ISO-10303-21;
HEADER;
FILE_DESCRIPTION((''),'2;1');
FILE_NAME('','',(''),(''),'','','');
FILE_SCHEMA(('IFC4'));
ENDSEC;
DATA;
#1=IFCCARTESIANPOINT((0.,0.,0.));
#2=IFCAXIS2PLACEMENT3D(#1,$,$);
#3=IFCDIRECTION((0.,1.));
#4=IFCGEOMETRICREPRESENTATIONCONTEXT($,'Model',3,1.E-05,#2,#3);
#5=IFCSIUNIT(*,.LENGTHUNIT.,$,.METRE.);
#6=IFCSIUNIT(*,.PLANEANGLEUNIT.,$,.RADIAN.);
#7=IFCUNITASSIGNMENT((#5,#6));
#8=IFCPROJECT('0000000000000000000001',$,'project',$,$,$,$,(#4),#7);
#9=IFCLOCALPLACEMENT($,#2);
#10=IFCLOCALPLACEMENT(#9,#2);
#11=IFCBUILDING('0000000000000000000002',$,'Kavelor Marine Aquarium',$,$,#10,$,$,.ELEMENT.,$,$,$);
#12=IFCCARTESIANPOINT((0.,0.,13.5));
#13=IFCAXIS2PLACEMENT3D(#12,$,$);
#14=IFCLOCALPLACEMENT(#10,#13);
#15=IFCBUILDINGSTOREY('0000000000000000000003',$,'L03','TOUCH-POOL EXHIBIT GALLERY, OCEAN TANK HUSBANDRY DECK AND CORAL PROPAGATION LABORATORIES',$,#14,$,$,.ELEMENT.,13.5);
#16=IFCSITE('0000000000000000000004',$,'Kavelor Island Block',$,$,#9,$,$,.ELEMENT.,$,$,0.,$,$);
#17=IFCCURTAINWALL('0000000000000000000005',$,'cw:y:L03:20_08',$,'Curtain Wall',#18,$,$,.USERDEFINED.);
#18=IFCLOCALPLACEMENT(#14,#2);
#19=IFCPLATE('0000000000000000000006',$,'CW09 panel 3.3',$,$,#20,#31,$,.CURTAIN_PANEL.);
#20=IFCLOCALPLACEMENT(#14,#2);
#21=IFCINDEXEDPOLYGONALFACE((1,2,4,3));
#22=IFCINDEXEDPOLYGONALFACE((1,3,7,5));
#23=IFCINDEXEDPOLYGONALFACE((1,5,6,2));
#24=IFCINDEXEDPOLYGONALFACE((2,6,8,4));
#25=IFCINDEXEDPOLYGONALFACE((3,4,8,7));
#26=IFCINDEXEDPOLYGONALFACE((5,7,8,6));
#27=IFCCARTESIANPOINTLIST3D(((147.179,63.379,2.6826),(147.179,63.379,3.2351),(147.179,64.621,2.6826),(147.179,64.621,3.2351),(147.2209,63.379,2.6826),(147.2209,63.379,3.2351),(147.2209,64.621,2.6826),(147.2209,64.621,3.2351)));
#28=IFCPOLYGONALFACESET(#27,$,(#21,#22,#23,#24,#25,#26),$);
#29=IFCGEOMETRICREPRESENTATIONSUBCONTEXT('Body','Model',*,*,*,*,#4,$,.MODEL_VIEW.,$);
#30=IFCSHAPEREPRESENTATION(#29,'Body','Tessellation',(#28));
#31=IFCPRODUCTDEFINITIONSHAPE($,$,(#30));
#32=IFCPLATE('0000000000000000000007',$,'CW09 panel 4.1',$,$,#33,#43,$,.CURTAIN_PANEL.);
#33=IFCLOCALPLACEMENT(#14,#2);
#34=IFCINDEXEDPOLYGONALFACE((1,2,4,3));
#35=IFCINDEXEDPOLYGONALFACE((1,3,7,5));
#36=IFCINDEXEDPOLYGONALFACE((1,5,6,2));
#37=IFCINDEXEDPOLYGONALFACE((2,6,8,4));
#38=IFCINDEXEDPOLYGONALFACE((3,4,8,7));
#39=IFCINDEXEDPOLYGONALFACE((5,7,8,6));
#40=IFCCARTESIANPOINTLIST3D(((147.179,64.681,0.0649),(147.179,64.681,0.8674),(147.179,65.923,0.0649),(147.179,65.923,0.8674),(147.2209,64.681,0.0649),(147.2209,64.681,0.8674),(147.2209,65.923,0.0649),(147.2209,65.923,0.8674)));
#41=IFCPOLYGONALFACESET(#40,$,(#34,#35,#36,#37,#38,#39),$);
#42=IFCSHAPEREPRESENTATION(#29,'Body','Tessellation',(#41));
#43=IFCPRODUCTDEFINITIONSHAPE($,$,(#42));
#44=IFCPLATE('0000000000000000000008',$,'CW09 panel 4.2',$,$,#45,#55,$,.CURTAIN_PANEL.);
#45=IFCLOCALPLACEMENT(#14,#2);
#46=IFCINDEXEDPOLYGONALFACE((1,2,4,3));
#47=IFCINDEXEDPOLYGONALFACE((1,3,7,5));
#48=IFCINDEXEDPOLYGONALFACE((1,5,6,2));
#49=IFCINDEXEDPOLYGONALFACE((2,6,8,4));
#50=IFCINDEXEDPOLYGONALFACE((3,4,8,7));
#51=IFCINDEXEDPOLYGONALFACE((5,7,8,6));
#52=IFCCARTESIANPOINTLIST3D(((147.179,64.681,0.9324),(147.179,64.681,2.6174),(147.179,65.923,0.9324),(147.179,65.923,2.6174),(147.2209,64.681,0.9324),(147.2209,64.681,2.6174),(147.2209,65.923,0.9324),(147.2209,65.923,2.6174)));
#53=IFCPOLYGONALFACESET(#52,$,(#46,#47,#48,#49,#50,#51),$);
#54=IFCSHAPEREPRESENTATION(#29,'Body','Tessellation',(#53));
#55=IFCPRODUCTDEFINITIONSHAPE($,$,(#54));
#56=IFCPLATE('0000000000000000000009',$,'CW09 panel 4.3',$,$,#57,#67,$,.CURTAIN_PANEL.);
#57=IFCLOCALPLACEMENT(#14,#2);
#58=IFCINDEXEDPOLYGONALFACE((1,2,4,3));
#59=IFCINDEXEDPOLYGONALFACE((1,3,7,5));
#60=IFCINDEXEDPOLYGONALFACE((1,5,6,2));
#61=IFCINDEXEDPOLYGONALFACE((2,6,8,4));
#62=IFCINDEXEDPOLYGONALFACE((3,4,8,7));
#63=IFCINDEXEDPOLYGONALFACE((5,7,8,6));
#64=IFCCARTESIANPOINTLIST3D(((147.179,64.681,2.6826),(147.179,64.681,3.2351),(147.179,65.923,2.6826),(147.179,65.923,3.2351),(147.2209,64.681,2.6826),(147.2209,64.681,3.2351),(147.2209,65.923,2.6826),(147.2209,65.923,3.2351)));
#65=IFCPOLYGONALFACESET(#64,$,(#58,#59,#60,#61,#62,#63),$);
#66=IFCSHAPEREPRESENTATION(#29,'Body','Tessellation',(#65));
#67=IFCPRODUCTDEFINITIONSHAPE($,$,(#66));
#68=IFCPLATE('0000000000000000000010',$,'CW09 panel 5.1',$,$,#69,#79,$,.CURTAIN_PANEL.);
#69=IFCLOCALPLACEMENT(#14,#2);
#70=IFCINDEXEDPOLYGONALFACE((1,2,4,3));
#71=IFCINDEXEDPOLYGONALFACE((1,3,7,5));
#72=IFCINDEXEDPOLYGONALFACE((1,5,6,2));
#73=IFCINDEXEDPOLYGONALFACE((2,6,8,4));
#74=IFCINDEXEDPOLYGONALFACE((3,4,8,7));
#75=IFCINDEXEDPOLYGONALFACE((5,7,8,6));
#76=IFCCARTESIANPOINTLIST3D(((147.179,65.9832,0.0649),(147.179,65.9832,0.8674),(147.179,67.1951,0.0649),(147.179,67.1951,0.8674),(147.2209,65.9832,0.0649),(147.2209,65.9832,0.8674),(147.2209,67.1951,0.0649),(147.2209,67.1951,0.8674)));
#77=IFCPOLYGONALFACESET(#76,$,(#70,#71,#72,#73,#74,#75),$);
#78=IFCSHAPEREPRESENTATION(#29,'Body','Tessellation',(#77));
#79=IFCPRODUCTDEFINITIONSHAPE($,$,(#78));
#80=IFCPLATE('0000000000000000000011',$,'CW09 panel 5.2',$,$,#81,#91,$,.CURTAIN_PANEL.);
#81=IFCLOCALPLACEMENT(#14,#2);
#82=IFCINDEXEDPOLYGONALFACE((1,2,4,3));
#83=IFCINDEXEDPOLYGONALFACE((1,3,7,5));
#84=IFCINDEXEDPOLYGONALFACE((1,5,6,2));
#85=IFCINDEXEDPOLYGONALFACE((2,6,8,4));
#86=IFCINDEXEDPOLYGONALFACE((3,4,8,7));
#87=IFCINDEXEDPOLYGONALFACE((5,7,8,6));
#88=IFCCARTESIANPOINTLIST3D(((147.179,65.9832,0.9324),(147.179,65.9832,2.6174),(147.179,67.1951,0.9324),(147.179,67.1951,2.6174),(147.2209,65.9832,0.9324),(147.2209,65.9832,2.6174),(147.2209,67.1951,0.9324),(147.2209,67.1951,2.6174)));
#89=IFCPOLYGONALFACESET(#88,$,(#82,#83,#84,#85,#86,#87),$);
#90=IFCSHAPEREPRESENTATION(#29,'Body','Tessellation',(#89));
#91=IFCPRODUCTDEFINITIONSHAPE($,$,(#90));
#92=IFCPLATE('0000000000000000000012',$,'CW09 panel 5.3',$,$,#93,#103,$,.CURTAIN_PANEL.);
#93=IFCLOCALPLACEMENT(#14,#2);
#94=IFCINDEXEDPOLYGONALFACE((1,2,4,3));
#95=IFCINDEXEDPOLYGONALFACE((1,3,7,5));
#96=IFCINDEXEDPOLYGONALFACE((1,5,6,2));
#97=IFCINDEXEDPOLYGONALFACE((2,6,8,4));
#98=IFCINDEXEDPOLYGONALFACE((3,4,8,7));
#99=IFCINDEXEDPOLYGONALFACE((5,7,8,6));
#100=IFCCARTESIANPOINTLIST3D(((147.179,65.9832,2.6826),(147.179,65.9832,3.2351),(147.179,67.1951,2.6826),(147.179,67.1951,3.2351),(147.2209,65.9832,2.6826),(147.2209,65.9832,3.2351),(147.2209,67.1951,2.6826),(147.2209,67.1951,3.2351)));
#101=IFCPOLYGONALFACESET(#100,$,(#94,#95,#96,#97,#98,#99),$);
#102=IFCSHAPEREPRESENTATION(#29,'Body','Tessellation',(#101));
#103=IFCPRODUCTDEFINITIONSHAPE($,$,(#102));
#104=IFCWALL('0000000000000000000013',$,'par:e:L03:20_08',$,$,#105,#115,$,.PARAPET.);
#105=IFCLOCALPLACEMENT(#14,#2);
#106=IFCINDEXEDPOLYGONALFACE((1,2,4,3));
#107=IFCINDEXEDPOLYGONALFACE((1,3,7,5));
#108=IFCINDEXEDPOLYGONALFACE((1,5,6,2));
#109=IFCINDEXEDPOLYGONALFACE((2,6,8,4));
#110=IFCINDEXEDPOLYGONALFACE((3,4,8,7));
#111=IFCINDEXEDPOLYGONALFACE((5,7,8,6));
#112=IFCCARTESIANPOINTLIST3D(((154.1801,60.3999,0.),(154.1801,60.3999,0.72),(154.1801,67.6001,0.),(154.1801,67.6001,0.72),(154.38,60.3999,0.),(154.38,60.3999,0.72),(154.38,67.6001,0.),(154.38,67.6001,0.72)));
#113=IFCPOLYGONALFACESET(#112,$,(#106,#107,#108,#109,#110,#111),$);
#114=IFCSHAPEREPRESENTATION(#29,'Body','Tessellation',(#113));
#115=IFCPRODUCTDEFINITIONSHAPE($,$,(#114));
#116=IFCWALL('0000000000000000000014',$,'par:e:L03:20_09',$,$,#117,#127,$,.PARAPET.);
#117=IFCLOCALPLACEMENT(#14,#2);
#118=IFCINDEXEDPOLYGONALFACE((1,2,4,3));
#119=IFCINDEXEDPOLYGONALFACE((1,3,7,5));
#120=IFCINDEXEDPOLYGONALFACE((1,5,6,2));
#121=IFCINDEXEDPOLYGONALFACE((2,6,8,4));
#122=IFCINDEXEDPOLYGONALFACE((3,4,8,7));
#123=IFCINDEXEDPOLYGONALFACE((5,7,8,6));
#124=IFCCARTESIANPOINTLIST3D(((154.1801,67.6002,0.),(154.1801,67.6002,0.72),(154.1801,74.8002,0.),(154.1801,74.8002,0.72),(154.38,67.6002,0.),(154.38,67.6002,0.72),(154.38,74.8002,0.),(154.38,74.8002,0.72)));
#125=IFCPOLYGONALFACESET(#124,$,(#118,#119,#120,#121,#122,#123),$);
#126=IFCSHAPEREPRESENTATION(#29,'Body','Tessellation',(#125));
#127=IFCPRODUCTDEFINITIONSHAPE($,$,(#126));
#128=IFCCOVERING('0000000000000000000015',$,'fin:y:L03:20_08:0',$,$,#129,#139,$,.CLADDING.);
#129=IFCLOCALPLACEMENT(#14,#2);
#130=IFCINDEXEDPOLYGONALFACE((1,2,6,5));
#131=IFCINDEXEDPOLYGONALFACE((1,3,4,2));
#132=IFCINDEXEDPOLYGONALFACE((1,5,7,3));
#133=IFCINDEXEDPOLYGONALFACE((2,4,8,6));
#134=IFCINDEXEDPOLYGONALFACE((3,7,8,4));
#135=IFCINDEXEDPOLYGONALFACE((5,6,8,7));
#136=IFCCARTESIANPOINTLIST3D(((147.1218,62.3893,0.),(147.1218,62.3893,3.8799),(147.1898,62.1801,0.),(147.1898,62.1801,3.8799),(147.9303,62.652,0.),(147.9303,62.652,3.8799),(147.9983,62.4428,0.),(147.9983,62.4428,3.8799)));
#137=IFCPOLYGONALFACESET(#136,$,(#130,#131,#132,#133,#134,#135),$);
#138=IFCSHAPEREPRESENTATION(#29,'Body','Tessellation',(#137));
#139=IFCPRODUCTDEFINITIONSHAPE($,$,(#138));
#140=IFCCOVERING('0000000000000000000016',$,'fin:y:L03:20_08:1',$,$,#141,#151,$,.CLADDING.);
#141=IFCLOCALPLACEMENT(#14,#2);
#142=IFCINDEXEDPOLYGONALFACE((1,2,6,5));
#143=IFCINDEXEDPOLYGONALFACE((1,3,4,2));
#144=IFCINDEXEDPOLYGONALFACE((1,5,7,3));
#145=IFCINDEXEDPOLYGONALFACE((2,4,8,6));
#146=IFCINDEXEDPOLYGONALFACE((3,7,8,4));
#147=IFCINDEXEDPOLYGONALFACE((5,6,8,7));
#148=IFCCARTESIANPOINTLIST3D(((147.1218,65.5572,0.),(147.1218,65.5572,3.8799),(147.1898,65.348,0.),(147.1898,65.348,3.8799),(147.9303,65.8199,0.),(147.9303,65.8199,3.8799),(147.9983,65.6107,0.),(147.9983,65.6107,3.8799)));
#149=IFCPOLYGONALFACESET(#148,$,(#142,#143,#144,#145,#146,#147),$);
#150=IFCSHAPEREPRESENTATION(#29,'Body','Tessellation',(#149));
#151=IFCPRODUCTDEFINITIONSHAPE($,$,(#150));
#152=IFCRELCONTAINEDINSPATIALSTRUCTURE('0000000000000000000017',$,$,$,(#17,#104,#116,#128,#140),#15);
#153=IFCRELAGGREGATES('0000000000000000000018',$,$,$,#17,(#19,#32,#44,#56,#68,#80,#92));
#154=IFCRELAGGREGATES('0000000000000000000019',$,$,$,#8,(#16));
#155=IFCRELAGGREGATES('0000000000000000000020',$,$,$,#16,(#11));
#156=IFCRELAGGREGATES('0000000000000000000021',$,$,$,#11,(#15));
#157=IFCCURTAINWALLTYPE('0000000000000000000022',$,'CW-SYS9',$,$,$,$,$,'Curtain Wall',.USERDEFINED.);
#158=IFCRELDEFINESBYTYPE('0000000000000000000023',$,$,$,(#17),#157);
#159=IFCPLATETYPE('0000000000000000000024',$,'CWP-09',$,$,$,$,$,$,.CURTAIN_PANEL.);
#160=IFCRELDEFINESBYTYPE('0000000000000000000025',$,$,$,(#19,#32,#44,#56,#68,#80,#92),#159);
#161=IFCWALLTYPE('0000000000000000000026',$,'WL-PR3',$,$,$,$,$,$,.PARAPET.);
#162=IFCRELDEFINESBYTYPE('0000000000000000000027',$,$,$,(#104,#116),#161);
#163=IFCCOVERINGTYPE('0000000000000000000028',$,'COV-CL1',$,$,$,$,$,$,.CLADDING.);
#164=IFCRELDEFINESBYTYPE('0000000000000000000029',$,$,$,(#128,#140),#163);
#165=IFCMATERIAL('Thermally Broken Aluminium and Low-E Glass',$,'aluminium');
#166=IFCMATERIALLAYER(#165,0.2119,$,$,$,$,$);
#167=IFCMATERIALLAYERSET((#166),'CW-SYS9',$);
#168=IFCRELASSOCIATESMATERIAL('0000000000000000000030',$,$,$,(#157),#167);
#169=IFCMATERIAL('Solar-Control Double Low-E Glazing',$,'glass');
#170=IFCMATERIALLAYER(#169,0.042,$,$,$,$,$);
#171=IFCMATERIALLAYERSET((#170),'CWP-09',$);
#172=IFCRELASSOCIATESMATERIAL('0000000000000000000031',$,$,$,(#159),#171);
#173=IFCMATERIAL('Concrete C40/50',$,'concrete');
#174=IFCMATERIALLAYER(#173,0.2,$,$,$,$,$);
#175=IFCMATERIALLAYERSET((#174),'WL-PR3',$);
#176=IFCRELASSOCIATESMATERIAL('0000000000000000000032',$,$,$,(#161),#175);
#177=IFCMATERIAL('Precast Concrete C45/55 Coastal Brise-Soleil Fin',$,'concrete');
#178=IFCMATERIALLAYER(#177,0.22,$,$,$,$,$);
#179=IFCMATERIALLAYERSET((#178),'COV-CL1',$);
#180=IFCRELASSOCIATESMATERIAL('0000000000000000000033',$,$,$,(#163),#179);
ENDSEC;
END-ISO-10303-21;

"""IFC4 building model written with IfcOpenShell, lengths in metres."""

from ifc_helpers import new_model, si_unit, direction, frame, frame_2d, origin, origin_2d, place, context, subcontext, project, spatial, rectangle, extrude, material, layer, layer_set, type_object, element, aggregate, save


model = new_model("IFC4")

# Units and contexts
model_context = context("Model", 3, precision=1e-05, world=origin(), true_north=direction((0.0, 1.0)))
body_context = subcontext(model_context, "Body", "Model", "MODEL_VIEW")
ifc_project = project(units=[si_unit("LENGTHUNIT", "METRE"), si_unit("PLANEANGLEUNIT", "RADIAN")], contexts=[model_context])

# Site, building, storey
site_placement = place(None, origin())
site = spatial("IfcSite", under=ifc_project, at=site_placement, Name="Kavelor Island Block", CompositionType="ELEMENT", RefElevation=0.0)
building_placement = place(site_placement, origin())
building = spatial("IfcBuilding", under=site, at=building_placement, Name="Kavelor Marine Aquarium", CompositionType="ELEMENT")
storey_placement = place(building_placement, frame((0.0, 0.0, 13.5)))
storey = spatial("IfcBuildingStorey", under=building, at=storey_placement, Name="L03", Description="TOUCH-POOL EXHIBIT GALLERY, OCEAN TANK HUSBANDRY DECK AND CORAL PROPAGATION LABORATORIES", CompositionType="ELEMENT", Elevation=13.5)

# Curtain wall, plates
ifc_material_1 = material(Name="Thermally Broken Aluminium and Low-E Glass", Category="aluminium")
ifc_layer_1 = layer(ifc_material_1, 0.2119)
ifc_layer_set_1 = layer_set([ifc_layer_1], Name="CW-SYS9")
curtain_wall_type = type_object("IfcCurtainWallType", Name="CW-SYS9", ElementType="Curtain Wall", PredefinedType="USERDEFINED", material=ifc_layer_set_1)
curtain_wall_placement = place(storey_placement, origin())
curtain_wall = element("IfcCurtainWall", 1, at=curtain_wall_placement, inside=storey, type_object=curtain_wall_type, Name="cw:y:L03:20_08", ObjectType="Curtain Wall", PredefinedType="USERDEFINED")
ifc_material_2 = material(Name="Solar-Control Double Low-E Glazing", Category="glass")
ifc_layer_2 = layer(ifc_material_2, 0.042)
ifc_layer_set_2 = layer_set([ifc_layer_2], Name="CWP-09")
plate_type = type_object("IfcPlateType", Name="CWP-09", PredefinedType="CURTAIN_PANEL", material=ifc_layer_set_2)
plate_1_placement = place(storey_placement, frame((147.2, 64.0, 2.6826), z_axis=(0.0, 0.0, 1.0), x_axis=(0.0, 1.0, 0.0)))
plate_1 = element("IfcPlate", 2, at=plate_1_placement, type_object=plate_type, Name="CW09 panel 3.3", PredefinedType="CURTAIN_PANEL", context=body_context, shape_type="SweptSolid", body=[
    extrude(rectangle(XDim=1.2419, YDim=0.042, at=origin_2d()), origin(), (0.0, 0.0, 1.0), 0.5525),
])
plate_2_placement = place(storey_placement, frame((147.2, 65.302, 0.0649), z_axis=(0.0, 0.0, 1.0), x_axis=(0.0, 1.0, 0.0)))
plate_2 = element("IfcPlate", 3, at=plate_2_placement, type_object=plate_type, Name="CW09 panel 4.1", PredefinedType="CURTAIN_PANEL", context=body_context, shape_type="SweptSolid", body=[
    extrude(rectangle(XDim=1.2419, YDim=0.042, at=origin_2d()), origin(), (0.0, 0.0, 1.0), 0.8025),
])
plate_3_placement = place(storey_placement, frame((147.2, 65.302, 0.9324), z_axis=(0.0, 0.0, 1.0), x_axis=(0.0, 1.0, 0.0)))
plate_3 = element("IfcPlate", 4, at=plate_3_placement, type_object=plate_type, Name="CW09 panel 4.2", PredefinedType="CURTAIN_PANEL", context=body_context, shape_type="SweptSolid", body=[
    extrude(rectangle(XDim=1.2419, YDim=0.042, at=origin_2d()), origin(), (0.0, 0.0, 1.0), 1.6851),
])
plate_4_placement = place(storey_placement, frame((147.2, 65.302, 2.6826), z_axis=(0.0, 0.0, 1.0), x_axis=(0.0, 1.0, 0.0)))
plate_4 = element("IfcPlate", 5, at=plate_4_placement, type_object=plate_type, Name="CW09 panel 4.3", PredefinedType="CURTAIN_PANEL", context=body_context, shape_type="SweptSolid", body=[
    extrude(rectangle(XDim=1.2419, YDim=0.042, at=origin_2d()), origin(), (0.0, 0.0, 1.0), 0.5525),
])
plate_5_placement = place(storey_placement, frame((147.2, 66.5891, 0.0649), z_axis=(0.0, 0.0, 1.0), x_axis=(0.0, 1.0, 0.0)))
plate_5 = element("IfcPlate", 6, at=plate_5_placement, type_object=plate_type, Name="CW09 panel 5.1", PredefinedType="CURTAIN_PANEL", context=body_context, shape_type="SweptSolid", body=[
    extrude(rectangle(XDim=1.2119, YDim=0.042, at=origin_2d()), origin(), (0.0, 0.0, 1.0), 0.8025),
])
plate_6_placement = place(storey_placement, frame((147.2, 66.5891, 0.9324), z_axis=(0.0, 0.0, 1.0), x_axis=(0.0, 1.0, 0.0)))
plate_6 = element("IfcPlate", 7, at=plate_6_placement, type_object=plate_type, Name="CW09 panel 5.2", PredefinedType="CURTAIN_PANEL", context=body_context, shape_type="SweptSolid", body=[
    extrude(rectangle(XDim=1.2119, YDim=0.042, at=origin_2d()), origin(), (0.0, 0.0, 1.0), 1.6851),
])
plate_7_placement = place(storey_placement, frame((147.2, 66.5891, 2.6826), z_axis=(0.0, 0.0, 1.0), x_axis=(0.0, 1.0, 0.0)))
plate_7 = element("IfcPlate", 8, at=plate_7_placement, type_object=plate_type, Name="CW09 panel 5.3", PredefinedType="CURTAIN_PANEL", context=body_context, shape_type="SweptSolid", body=[
    extrude(rectangle(XDim=1.2119, YDim=0.042, at=origin_2d()), origin(), (0.0, 0.0, 1.0), 0.5525),
])
aggregate(curtain_wall, [plate_1, plate_2, plate_3, plate_4, plate_5, plate_6, plate_7])

# Walls
ifc_material_3 = material(Name="Concrete C40/50", Category="concrete")
ifc_layer_3 = layer(ifc_material_3, 0.2)
ifc_layer_set_3 = layer_set([ifc_layer_3], Name="WL-PR3")
wall_type = type_object("IfcWallType", Name="WL-PR3", PredefinedType="PARAPET", material=ifc_layer_set_3)
wall_1_placement = place(storey_placement, frame((154.28, 60.3999, 0.0), z_axis=(0.0, 0.0, 1.0), x_axis=(0.0, 1.0, 0.0)))
element("IfcWall", 9, at=wall_1_placement, inside=storey, type_object=wall_type, Name="par:e:L03:20_08", PredefinedType="PARAPET", context=body_context, shape_type="SweptSolid", body=[
    extrude(rectangle(XDim=7.2002, YDim=0.2, at=frame_2d((3.6001, 0.0))), origin(), (0.0, 0.0, 1.0), 0.72),
])
wall_2_placement = place(storey_placement, frame((154.28, 67.6001, 0.0), z_axis=(0.0, 0.0, 1.0), x_axis=(0.0, 1.0, 0.0)))
element("IfcWall", 10, at=wall_2_placement, inside=storey, type_object=wall_type, Name="par:e:L03:20_09", PredefinedType="PARAPET", context=body_context, shape_type="SweptSolid", body=[
    extrude(rectangle(XDim=7.2, YDim=0.2, at=frame_2d((3.6001, 0.0))), origin(), (0.0, 0.0, 1.0), 0.72),
])

# Coverings
ifc_material_4 = material(Name="Precast Concrete C45/55 Coastal Brise-Soleil Fin", Category="concrete")
ifc_layer_4 = layer(ifc_material_4, 0.22)
ifc_layer_set_4 = layer_set([ifc_layer_4], Name="COV-CL1")
covering_type = type_object("IfcCoveringType", Name="COV-CL1", PredefinedType="CLADDING", material=ifc_layer_set_4)
for number, where, z_axis, x_axis, name in (
    (11, (147.5601, 62.416, 0.0), (0.0, 0.0, 1.0), (0.951057, 0.309017, 0.0), "fin:y:L03:20_08:0"),
    (12, (147.5601, 65.584, 0.0), (0.0, 0.0, 1.0), (0.951057, 0.309017, 0.0), "fin:y:L03:20_08:1"),
):
    element("IfcCovering", number, at=place(storey_placement, frame(where, z_axis=z_axis, x_axis=x_axis)), inside=storey, type_object=covering_type, Name=name, PredefinedType="CLADDING", context=body_context, shape_type="SweptSolid", body=[
        extrude(rectangle(XDim=0.8501, YDim=0.22, at=origin_2d()), origin(), (0.0, 0.0, 1.0), 3.8799),
    ])

save(model, "model.ifc")
